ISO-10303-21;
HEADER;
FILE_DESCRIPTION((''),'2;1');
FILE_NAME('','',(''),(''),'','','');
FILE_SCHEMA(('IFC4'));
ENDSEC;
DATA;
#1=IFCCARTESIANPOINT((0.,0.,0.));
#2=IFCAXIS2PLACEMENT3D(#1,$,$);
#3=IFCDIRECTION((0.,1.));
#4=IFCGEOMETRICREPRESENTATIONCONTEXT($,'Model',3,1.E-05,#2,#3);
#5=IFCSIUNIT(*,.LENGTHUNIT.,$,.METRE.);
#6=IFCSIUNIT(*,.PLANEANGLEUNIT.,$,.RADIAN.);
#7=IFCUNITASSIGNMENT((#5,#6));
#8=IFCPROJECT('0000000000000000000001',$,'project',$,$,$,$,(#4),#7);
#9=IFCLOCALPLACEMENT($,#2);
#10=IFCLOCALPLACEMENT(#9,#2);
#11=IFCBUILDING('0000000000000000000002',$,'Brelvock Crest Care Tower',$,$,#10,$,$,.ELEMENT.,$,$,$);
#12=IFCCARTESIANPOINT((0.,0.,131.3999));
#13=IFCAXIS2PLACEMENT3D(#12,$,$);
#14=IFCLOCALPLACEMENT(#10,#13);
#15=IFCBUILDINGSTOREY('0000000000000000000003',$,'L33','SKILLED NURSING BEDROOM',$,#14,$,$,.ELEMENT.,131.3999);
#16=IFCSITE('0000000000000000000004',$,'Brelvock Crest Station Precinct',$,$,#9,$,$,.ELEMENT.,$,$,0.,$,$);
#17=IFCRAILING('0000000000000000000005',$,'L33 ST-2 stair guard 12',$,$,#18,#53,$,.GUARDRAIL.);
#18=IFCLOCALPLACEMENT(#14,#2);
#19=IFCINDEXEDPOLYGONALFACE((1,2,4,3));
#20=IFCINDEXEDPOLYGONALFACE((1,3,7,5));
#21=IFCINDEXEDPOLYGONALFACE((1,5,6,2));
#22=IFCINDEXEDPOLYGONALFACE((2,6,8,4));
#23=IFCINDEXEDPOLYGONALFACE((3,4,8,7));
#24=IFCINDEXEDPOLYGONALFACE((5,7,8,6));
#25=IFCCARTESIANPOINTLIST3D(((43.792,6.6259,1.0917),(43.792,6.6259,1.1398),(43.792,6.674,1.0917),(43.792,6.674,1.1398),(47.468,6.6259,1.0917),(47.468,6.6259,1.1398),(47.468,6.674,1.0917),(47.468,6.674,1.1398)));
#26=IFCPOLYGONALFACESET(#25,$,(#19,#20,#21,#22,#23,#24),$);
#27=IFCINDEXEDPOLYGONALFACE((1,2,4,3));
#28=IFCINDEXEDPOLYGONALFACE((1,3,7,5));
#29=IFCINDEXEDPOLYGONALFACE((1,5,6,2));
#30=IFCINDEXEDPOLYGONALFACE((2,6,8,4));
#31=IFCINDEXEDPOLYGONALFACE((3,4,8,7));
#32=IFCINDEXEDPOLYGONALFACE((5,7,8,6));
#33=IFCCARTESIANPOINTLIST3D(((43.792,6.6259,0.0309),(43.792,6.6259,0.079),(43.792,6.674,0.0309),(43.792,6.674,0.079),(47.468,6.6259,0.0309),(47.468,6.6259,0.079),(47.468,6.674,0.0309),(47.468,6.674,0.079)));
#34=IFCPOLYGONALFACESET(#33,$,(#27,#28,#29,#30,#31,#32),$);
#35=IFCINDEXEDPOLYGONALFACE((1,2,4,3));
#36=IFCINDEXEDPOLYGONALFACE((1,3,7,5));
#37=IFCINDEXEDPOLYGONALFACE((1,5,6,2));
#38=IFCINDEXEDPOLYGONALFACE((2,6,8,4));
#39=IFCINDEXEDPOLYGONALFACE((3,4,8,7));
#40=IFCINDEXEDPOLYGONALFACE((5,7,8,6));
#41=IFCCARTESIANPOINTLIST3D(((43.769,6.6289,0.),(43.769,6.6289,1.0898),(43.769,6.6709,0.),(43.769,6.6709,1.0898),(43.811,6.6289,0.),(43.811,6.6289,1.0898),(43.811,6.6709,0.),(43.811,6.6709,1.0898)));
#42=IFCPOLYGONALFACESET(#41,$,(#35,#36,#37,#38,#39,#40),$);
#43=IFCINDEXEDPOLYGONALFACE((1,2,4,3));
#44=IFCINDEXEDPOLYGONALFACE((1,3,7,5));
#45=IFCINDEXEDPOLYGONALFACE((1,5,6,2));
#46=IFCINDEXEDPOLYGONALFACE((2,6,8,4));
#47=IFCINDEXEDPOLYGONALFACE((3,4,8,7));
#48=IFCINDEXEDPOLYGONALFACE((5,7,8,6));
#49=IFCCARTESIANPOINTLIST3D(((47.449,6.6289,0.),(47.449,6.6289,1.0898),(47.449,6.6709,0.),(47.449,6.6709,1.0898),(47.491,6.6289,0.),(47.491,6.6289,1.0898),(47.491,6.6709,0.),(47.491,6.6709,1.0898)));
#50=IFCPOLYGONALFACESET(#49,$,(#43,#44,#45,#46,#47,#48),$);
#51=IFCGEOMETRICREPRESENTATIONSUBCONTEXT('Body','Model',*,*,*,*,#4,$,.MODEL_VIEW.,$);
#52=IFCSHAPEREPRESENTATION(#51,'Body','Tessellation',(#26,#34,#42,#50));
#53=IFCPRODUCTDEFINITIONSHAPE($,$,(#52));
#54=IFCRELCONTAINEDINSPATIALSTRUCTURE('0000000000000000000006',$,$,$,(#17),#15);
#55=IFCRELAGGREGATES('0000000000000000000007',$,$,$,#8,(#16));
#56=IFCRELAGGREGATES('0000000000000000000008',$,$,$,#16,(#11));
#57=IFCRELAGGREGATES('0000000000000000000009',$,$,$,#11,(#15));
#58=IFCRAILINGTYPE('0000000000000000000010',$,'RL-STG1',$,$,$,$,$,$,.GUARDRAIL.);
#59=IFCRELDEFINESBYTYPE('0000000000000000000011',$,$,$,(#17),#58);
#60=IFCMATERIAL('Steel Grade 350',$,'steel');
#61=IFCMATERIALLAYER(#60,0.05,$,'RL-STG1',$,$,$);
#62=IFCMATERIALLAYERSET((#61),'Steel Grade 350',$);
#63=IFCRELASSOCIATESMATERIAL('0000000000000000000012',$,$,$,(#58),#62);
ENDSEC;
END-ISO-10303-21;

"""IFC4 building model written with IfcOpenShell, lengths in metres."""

from ifc_helpers import new_model, si_unit, direction, frame, origin, origin_2d, place, context, subcontext, project, spatial, rectangle, extrude, material, layer, layer_set, type_object, element, save


model = new_model("IFC4")

# Units and contexts
model_context = context("Model", 3, precision=1e-05, world=origin(), true_north=direction((0.0, 1.0)))
body_context = subcontext(model_context, "Body", "Model", "MODEL_VIEW")
ifc_project = project(units=[si_unit("LENGTHUNIT", "METRE"), si_unit("PLANEANGLEUNIT", "RADIAN")], contexts=[model_context])

# Site, building, storey
site_placement = place(None, origin())
site = spatial("IfcSite", under=ifc_project, at=site_placement, Name="Brelvock Crest Station Precinct", CompositionType="ELEMENT", RefElevation=0.0)
building_placement = place(site_placement, origin())
building = spatial("IfcBuilding", under=site, at=building_placement, Name="Brelvock Crest Care Tower", CompositionType="ELEMENT")
storey_placement = place(building_placement, frame((0.0, 0.0, 131.3999)))
storey = spatial("IfcBuildingStorey", under=building, at=storey_placement, Name="L33", Description="SKILLED NURSING BEDROOM", CompositionType="ELEMENT", Elevation=131.3999)

# Shared definitions
ifc_material_1 = material(Name="Steel Grade 350", Category="steel")

# Railing
ifc_layer_1 = layer(ifc_material_1, 0.05, Name="RL-STG1")
ifc_layer_set_1 = layer_set([ifc_layer_1], Name="Steel Grade 350")
railing_type = type_object("IfcRailingType", Name="RL-STG1", PredefinedType="GUARDRAIL", material=ifc_layer_set_1)
railing_1_placement = place(storey_placement, frame((43.79, 6.6499, 0.0)))
element("IfcRailing", 1, at=railing_1_placement, inside=storey, type_object=railing_type, Name="L33 ST-2 stair guard 12", PredefinedType="GUARDRAIL", context=body_context, shape_type="SweptSolid", body=[
    extrude(rectangle(XDim=0.0481, YDim=0.0481, at=origin_2d()), frame((0.002, 0.0, 1.1157), z_axis=(1.0, 0.0, 0.0), x_axis=(0.0, 1.0, 0.0)), (0.0, 0.0, 1.0), 3.676),
    extrude(rectangle(XDim=0.0481, YDim=0.0481, at=origin_2d()), frame((0.002, 0.0, 0.0549), z_axis=(1.0, 0.0, 0.0), x_axis=(0.0, 1.0, 0.0)), (0.0, 0.0, 1.0), 3.676),
    extrude(rectangle(XDim=0.042, YDim=0.042, at=origin_2d()), origin(), (0.0, 0.0, 1.0), 1.0898),
    extrude(rectangle(XDim=0.042, YDim=0.042, at=origin_2d()), frame((3.6799, 0.0, 0.0)), (0.0, 0.0, 1.0), 1.0898),
])

save(model, "model.ifc")
